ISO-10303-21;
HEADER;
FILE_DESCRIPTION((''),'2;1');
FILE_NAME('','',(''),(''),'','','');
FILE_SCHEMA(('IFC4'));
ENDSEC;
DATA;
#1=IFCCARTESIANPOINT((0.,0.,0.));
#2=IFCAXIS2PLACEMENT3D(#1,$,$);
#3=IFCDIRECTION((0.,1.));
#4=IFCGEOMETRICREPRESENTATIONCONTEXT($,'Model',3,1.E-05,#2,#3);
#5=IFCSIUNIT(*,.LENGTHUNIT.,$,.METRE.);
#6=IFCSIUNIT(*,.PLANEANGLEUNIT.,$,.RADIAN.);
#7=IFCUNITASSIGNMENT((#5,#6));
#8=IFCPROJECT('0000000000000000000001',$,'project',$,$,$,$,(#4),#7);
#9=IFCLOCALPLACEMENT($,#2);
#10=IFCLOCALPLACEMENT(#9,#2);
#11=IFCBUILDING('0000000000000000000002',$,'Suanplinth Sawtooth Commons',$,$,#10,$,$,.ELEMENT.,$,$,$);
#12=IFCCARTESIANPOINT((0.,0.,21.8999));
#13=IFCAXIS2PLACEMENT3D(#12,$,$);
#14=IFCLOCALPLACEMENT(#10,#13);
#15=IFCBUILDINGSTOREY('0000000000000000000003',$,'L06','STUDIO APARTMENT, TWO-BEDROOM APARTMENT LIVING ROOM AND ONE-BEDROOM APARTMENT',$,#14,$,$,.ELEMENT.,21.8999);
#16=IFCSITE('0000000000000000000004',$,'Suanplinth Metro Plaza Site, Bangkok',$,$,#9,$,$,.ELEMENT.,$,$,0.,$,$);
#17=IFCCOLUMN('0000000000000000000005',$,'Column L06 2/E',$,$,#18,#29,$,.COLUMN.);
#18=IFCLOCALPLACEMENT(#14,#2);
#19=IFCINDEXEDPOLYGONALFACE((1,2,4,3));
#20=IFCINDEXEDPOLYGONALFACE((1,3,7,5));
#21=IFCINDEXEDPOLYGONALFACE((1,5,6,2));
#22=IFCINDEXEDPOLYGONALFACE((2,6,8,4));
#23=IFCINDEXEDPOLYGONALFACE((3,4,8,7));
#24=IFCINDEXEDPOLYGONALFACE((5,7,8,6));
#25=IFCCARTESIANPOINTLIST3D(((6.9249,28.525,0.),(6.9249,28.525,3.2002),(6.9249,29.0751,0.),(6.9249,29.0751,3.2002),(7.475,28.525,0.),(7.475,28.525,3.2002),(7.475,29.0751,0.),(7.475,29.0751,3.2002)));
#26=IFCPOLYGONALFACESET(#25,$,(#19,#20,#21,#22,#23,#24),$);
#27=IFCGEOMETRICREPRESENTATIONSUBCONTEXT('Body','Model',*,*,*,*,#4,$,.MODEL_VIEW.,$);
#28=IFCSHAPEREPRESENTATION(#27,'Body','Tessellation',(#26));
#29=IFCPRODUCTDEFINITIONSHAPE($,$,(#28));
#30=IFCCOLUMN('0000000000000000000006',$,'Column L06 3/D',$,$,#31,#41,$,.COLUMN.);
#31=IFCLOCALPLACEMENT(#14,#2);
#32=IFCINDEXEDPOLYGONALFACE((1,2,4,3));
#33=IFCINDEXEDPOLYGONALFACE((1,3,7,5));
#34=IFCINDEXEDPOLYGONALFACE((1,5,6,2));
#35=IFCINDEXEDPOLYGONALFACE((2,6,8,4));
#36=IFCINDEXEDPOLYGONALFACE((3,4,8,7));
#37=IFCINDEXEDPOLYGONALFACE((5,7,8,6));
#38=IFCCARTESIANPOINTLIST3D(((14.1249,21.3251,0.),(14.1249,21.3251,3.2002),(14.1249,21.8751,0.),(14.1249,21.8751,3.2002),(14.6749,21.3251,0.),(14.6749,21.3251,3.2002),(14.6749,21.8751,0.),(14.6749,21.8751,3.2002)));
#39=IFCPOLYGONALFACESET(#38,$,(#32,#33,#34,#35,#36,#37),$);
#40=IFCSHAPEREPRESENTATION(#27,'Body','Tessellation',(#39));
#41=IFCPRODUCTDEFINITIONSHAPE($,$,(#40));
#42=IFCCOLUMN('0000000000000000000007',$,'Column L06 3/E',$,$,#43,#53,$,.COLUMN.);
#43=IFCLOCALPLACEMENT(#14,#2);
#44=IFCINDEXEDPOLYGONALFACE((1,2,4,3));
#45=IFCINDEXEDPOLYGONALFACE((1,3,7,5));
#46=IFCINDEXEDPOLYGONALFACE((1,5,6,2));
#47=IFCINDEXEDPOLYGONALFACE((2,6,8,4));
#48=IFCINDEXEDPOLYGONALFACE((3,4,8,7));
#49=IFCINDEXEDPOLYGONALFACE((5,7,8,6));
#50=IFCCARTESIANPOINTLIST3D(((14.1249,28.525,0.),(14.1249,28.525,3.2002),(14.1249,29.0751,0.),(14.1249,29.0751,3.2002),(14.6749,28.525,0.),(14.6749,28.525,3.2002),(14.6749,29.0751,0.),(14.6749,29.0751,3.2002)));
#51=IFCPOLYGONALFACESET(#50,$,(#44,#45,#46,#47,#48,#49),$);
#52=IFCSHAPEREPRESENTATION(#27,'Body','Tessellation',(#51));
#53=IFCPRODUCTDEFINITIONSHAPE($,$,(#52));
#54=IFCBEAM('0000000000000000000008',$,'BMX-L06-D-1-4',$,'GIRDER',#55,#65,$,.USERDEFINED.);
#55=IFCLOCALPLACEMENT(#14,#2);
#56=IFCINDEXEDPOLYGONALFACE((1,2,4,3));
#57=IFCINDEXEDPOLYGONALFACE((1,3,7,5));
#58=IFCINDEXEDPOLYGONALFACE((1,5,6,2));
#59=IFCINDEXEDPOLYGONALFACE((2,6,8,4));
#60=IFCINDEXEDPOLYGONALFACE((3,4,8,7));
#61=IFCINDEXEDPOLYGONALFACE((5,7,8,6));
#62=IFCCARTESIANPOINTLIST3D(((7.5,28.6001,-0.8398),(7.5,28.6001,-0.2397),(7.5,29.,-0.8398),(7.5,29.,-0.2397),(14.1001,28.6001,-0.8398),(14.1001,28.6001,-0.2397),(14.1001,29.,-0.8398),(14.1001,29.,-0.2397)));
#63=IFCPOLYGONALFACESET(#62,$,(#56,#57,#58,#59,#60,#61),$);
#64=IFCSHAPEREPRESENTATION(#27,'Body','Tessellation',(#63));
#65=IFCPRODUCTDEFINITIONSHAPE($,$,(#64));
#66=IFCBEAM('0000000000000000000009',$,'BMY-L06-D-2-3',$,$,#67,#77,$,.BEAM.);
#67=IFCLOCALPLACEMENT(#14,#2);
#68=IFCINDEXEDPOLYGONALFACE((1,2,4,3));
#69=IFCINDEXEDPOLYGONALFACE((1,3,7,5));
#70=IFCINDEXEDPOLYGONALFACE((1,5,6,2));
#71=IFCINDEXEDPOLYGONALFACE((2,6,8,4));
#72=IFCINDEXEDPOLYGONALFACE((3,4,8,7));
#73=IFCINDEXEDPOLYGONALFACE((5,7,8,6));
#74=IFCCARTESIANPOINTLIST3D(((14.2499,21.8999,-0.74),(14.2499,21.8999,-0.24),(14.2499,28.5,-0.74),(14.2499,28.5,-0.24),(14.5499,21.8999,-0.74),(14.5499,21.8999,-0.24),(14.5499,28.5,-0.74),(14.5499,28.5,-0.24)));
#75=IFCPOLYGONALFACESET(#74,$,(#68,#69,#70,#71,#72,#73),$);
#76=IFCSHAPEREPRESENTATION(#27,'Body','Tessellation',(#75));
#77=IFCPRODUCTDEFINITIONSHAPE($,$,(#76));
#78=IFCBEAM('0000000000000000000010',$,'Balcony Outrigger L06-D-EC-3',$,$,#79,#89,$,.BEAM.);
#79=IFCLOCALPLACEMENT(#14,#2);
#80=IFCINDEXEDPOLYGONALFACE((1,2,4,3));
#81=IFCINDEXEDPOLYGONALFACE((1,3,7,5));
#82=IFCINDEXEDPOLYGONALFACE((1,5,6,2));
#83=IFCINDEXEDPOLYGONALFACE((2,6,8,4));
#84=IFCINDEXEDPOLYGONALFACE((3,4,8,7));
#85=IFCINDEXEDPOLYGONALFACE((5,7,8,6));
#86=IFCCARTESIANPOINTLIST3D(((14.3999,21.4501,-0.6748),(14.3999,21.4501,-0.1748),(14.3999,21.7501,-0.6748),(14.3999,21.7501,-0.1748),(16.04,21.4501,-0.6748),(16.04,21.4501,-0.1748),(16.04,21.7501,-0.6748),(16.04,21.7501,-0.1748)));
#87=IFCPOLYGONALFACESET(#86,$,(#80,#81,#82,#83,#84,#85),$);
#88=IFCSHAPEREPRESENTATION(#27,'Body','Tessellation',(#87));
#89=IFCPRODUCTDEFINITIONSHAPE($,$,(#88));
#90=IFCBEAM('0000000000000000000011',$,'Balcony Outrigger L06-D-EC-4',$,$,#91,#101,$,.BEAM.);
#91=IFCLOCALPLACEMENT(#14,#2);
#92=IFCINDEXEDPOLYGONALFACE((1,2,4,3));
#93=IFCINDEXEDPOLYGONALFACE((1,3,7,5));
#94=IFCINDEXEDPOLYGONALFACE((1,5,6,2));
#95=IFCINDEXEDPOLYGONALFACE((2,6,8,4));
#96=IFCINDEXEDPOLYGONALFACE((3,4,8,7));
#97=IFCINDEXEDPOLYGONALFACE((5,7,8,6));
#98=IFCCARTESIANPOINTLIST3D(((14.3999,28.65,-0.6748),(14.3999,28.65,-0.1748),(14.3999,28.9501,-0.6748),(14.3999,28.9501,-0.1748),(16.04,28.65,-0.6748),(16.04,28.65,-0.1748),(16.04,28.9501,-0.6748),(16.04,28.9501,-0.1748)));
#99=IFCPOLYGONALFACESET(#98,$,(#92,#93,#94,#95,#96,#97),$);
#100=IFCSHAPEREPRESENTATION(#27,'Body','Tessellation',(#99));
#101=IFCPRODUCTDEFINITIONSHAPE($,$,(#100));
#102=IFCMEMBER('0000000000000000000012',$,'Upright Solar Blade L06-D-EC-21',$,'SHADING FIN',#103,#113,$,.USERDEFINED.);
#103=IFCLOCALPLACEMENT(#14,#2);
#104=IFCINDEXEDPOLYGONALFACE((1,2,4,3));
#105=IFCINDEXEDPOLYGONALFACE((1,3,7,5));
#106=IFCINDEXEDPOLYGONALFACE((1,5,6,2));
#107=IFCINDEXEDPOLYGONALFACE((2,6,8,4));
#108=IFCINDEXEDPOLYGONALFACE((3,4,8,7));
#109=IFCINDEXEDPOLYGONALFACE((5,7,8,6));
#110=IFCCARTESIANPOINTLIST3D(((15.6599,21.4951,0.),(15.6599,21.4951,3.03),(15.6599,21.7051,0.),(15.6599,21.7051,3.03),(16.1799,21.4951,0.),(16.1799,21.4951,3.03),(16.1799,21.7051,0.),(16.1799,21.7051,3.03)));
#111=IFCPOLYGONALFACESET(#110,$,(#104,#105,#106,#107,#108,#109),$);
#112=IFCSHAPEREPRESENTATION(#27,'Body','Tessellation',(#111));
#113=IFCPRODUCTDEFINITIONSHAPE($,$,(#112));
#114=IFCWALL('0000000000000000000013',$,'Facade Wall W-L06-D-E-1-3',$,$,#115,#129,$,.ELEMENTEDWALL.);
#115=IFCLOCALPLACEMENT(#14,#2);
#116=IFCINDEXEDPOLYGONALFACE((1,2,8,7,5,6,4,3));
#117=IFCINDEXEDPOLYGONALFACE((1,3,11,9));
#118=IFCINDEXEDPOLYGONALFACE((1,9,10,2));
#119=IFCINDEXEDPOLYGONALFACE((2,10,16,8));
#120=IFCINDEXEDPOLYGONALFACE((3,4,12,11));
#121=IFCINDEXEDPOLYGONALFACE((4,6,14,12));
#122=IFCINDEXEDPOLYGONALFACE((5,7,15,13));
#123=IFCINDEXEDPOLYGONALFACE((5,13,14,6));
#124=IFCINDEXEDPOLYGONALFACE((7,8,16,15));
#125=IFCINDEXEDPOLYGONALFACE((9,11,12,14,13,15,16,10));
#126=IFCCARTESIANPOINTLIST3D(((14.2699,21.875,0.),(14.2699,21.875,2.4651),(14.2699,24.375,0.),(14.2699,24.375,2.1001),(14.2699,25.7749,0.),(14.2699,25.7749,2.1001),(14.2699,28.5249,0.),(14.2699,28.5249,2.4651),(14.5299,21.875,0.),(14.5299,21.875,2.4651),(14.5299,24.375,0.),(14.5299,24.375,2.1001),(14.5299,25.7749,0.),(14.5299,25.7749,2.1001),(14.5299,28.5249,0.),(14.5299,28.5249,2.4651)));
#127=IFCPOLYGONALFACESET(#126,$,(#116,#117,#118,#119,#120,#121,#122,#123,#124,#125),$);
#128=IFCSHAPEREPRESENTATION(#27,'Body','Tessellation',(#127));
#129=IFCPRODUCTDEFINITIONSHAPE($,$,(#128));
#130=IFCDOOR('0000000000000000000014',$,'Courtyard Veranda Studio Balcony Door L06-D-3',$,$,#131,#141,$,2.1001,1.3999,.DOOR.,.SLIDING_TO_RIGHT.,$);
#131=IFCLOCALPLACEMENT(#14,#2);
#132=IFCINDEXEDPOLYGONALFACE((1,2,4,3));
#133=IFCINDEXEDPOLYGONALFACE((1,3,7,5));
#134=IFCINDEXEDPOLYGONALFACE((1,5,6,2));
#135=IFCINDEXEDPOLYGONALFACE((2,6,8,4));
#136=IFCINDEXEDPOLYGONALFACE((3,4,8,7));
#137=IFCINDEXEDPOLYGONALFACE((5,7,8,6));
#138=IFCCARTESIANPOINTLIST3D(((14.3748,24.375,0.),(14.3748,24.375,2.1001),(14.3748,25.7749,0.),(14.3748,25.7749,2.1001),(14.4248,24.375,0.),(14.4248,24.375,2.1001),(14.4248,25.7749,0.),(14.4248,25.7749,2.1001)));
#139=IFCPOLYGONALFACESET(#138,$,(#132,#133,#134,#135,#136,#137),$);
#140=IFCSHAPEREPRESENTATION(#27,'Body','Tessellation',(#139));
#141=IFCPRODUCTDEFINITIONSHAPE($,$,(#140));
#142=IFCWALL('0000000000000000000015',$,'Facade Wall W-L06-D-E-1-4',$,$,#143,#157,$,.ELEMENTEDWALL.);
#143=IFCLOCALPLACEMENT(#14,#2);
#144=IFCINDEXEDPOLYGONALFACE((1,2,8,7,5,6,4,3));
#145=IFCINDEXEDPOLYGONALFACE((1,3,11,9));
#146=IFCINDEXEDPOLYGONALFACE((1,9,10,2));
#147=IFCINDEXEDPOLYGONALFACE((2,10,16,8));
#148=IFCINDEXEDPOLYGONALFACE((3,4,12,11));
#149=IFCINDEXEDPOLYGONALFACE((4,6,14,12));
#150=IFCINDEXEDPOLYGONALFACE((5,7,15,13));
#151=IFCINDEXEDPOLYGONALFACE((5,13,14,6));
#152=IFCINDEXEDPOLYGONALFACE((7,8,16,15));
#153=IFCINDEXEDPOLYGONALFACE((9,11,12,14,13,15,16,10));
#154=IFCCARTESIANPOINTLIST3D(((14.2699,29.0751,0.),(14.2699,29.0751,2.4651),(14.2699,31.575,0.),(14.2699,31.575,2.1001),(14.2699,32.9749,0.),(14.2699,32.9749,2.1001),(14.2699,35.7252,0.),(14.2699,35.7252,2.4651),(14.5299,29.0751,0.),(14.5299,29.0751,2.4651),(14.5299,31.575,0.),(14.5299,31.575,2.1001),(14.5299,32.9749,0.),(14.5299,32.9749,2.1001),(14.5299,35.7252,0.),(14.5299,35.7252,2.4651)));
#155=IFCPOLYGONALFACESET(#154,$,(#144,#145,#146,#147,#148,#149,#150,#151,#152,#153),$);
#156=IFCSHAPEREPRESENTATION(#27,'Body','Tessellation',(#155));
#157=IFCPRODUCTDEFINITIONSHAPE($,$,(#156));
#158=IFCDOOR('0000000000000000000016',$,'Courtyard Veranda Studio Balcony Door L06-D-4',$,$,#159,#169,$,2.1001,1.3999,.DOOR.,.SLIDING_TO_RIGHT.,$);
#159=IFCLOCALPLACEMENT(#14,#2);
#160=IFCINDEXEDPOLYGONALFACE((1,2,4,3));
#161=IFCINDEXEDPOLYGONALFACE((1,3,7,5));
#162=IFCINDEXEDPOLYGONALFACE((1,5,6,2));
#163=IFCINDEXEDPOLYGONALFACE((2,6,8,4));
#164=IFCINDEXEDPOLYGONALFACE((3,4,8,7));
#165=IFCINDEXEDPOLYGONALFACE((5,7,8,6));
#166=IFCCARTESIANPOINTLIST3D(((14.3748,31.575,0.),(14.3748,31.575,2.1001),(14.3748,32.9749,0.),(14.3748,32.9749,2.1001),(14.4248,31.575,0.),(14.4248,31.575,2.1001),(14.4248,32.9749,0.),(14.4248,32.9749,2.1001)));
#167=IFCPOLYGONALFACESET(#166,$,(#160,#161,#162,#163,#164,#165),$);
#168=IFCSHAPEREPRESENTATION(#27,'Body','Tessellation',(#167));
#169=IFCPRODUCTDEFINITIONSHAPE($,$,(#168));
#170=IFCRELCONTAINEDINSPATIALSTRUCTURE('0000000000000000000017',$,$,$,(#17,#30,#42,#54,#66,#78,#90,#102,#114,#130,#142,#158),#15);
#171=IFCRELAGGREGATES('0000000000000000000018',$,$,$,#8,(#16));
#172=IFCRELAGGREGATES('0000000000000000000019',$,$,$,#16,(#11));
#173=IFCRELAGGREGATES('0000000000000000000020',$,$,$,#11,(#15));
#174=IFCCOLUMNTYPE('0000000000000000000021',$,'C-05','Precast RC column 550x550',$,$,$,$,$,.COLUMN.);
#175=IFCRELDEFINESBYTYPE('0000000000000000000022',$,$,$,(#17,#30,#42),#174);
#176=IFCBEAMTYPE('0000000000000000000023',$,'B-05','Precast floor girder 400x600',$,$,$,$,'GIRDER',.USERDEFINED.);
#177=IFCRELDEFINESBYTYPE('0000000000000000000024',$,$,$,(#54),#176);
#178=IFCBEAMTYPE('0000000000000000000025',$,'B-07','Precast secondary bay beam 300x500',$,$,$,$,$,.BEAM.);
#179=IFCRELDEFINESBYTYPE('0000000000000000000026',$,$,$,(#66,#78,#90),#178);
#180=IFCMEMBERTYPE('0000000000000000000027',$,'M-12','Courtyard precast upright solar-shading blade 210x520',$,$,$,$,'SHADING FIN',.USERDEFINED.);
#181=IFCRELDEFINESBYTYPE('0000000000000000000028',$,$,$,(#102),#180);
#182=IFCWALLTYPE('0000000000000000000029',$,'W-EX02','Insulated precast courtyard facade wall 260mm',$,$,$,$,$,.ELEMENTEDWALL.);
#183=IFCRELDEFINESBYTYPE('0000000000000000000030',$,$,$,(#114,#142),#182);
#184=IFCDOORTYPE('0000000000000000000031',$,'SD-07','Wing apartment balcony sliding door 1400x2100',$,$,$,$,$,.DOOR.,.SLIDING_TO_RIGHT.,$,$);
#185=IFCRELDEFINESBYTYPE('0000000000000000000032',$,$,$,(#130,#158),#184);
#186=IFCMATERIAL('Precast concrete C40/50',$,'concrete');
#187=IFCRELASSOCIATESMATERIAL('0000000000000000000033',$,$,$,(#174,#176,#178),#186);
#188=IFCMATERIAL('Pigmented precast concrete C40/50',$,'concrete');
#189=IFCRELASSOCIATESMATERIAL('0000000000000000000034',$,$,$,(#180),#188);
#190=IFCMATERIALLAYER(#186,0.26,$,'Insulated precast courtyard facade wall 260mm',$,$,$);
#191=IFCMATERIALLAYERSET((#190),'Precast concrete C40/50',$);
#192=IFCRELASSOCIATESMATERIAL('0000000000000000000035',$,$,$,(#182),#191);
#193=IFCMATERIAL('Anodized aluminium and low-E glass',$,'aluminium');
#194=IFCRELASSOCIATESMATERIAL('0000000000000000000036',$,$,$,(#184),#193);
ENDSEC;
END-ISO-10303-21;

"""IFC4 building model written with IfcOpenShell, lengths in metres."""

from ifc_helpers import new_model, si_unit, direction, frame, frame_2d, origin, origin_2d, place, context, subcontext, project, spatial, rectangle, extrude, material, layer, layer_set, material_profile, profile_set, type_object, element, fill, save


model = new_model("IFC4")

# Units and contexts
model_context = context("Model", 3, precision=1e-05, world=origin(), true_north=direction((0.0, 1.0)))
body_context = subcontext(model_context, "Body", "Model", "MODEL_VIEW")
ifc_project = project(units=[si_unit("LENGTHUNIT", "METRE"), si_unit("PLANEANGLEUNIT", "RADIAN")], contexts=[model_context])

# Site, building, storey
site_placement = place(None, origin())
site = spatial("IfcSite", under=ifc_project, at=site_placement, Name="Suanplinth Metro Plaza Site, Bangkok", CompositionType="ELEMENT", RefElevation=0.0)
building_placement = place(site_placement, origin())
building = spatial("IfcBuilding", under=site, at=building_placement, Name="Suanplinth Sawtooth Commons", CompositionType="ELEMENT")
storey_placement = place(building_placement, frame((0.0, 0.0, 21.8999)))
storey = spatial("IfcBuildingStorey", under=building, at=storey_placement, Name="L06", Description="STUDIO APARTMENT, TWO-BEDROOM APARTMENT LIVING ROOM AND ONE-BEDROOM APARTMENT", CompositionType="ELEMENT", Elevation=21.8999)

# Columns
ifc_material_1 = material(Name="Precast concrete C40/50", Category="concrete")
ifc_material_profile_1 = material_profile(ifc_material_1, rectangle(XDim=0.55, YDim=0.55, at=origin_2d()), Name="PC-COL 550x550")
ifc_profile_set_1 = profile_set([ifc_material_profile_1], Name="Precast concrete C40/50")
column_type = type_object("IfcColumnType", Name="C-05", Description="Precast RC column 550x550", PredefinedType="COLUMN", material=ifc_profile_set_1)
for number, where, z_axis, x_axis, name in (
    (1, (7.2, 28.8, 0.0), (0.0, 0.0, 1.0), (1.0, 0.0, 0.0), "Column L06 2/E"),
    (2, (14.3999, 21.6001, 0.0), (0.0, 0.0, 1.0), (1.0, 0.0, 0.0), "Column L06 3/D"),
    (3, (14.3999, 28.8, 0.0), (0.0, 0.0, 1.0), (1.0, 0.0, 0.0), "Column L06 3/E"),
):
    element("IfcColumn", number, at=place(storey_placement, frame(where, z_axis=z_axis, x_axis=x_axis)), inside=storey, type_object=column_type, Name=name, PredefinedType="COLUMN", context=body_context, shape_type="SweptSolid", body=[
        extrude(rectangle(XDim=0.55, YDim=0.55, at=origin_2d()), origin(), (0.0, 0.0, 1.0), 3.2002),
    ])

# Beams
ifc_material_profile_2 = material_profile(ifc_material_1, rectangle(XDim=0.3999, YDim=0.6001, at=origin_2d()), Name="PC-GDR 400x600")
ifc_profile_set_2 = profile_set([ifc_material_profile_2], Name="Precast concrete C40/50")
beam_type_1 = type_object("IfcBeamType", Name="B-05", Description="Precast floor girder 400x600", ElementType="GIRDER", PredefinedType="USERDEFINED", material=ifc_profile_set_2)
beam_1_placement = place(storey_placement, frame((7.5, 28.8, -0.5398), z_axis=(1.0, 0.0, 0.0), x_axis=(0.0, 1.0, 0.0)))
element("IfcBeam", 4, at=beam_1_placement, inside=storey, type_object=beam_type_1, Name="BMX-L06-D-1-4", ObjectType="GIRDER", PredefinedType="USERDEFINED", context=body_context, shape_type="SweptSolid", body=[
    extrude(rectangle(XDim=0.3999, YDim=0.6001, at=origin_2d()), origin(), (0.0, 0.0, 1.0), 6.6001),
])
ifc_material_profile_3 = material_profile(ifc_material_1, rectangle(XDim=0.3, YDim=0.5, at=origin_2d()), Name="PC-BM 300x500")
ifc_profile_set_3 = profile_set([ifc_material_profile_3], Name="Precast concrete C40/50")
beam_type_2 = type_object("IfcBeamType", Name="B-07", Description="Precast secondary bay beam 300x500", PredefinedType="BEAM", material=ifc_profile_set_3)
beam_2_placement = place(storey_placement, frame((14.3999, 21.8999, -0.49), z_axis=(0.0, 1.0, 0.0), x_axis=(-1.0, 0.0, 0.0)))
element("IfcBeam", 5, at=beam_2_placement, inside=storey, type_object=beam_type_2, Name="BMY-L06-D-2-3", PredefinedType="BEAM", context=body_context, shape_type="SweptSolid", body=[
    extrude(rectangle(XDim=0.3, YDim=0.5, at=origin_2d()), origin(), (0.0, 0.0, 1.0), 6.6001),
])
for number, where, z_axis, x_axis, name in (
    (6, (14.3999, 21.6001, -0.4248), (1.0, 0.0, 0.0), (0.0, 1.0, 0.0), "Balcony Outrigger L06-D-EC-3"),
    (7, (14.3999, 28.8, -0.4248), (1.0, 0.0, 0.0), (0.0, 1.0, 0.0), "Balcony Outrigger L06-D-EC-4"),
):
    element("IfcBeam", number, at=place(storey_placement, frame(where, z_axis=z_axis, x_axis=x_axis)), inside=storey, type_object=beam_type_2, Name=name, PredefinedType="BEAM", context=body_context, shape_type="SweptSolid", body=[
        extrude(rectangle(XDim=0.3, YDim=0.5, at=origin_2d()), origin(), (0.0, 0.0, 1.0), 1.6401),
    ])

# Member
ifc_material_2 = material(Name="Pigmented precast concrete C40/50", Category="concrete")
ifc_material_profile_4 = material_profile(ifc_material_2, rectangle(XDim=0.21, YDim=0.52, at=origin_2d()), Name="PC-FIN 210x520")
ifc_profile_set_4 = profile_set([ifc_material_profile_4], Name="Pigmented precast concrete C40/50")
member_type = type_object("IfcMemberType", Name="M-12", Description="Courtyard precast upright solar-shading blade 210x520", ElementType="SHADING FIN", PredefinedType="USERDEFINED", material=ifc_profile_set_4)
member_placement = place(storey_placement, frame((15.9199, 21.6001, 0.0), z_axis=(0.0, 0.0, 1.0), x_axis=(0.0, 1.0, 0.0)))
element("IfcMember", 8, at=member_placement, inside=storey, type_object=member_type, Name="Upright Solar Blade L06-D-EC-21", ObjectType="SHADING FIN", PredefinedType="USERDEFINED", context=body_context, shape_type="SweptSolid", body=[
    extrude(rectangle(XDim=0.21, YDim=0.52, at=origin_2d()), origin(), (0.0, 0.0, 1.0), 3.03),
])

# Walls, openings, doors
ifc_layer_1 = layer(ifc_material_1, 0.26, Name="Insulated precast courtyard facade wall 260mm")
ifc_layer_set_1 = layer_set([ifc_layer_1], Name="Precast concrete C40/50")
wall_type_1 = type_object("IfcWallType", Name="W-EX02", Description="Insulated precast courtyard facade wall 260mm", PredefinedType="ELEMENTEDWALL", material=ifc_layer_set_1)
wall_1_placement = place(storey_placement, frame((14.3999, 21.875, 0.0), z_axis=(0.0, 0.0, 1.0), x_axis=(0.0, 1.0, 0.0)))
wall_1 = element("IfcWall", 9, at=wall_1_placement, inside=storey, type_object=wall_type_1, Name="Facade Wall W-L06-D-E-1-3", PredefinedType="ELEMENTEDWALL", context=body_context, shape_type="SweptSolid", body=[
    extrude(rectangle(XDim=6.6499, YDim=0.26, at=frame_2d((3.325, 0.0))), origin(), (0.0, 0.0, 1.0), 2.4651),
])
opening_1_placement = place(wall_1_placement, frame((2.5, 0.0, 0.0)))
opening_1 = element("IfcOpeningElement", 10, at=opening_1_placement, cuts=wall_1, PredefinedType="OPENING", context=body_context, shape_type="SweptSolid", body=[
    extrude(rectangle(XDim=1.3999, YDim=2.1001, at=frame_2d((0.7, 1.05))), frame((0.0, 0.145, 0.0), z_axis=(0.0, -1.0, 0.0), x_axis=(1.0, 0.0, 0.0)), (0.0, 0.0, 1.0), 0.2898),
])
ifc_material_3 = material(Name="Anodized aluminium and low-E glass", Category="aluminium")
door_type_1 = type_object("IfcDoorType", Name="SD-07", Description="Wing apartment balcony sliding door 1400x2100", OperationType="SLIDING_TO_RIGHT", PredefinedType="DOOR", material=ifc_material_3)
door_1_placement = place(opening_1_placement, frame((1.3999, 0.0, 0.0), z_axis=(0.0, 0.0, 1.0), x_axis=(-1.0, 0.0, 0.0)))
door_1 = element("IfcDoor", 11, at=door_1_placement, inside=storey, type_object=door_type_1, Name="Courtyard Veranda Studio Balcony Door L06-D-3", OperationType="SLIDING_TO_RIGHT", OverallHeight=2.1001, OverallWidth=1.3999, PredefinedType="DOOR", context=body_context, shape_type="SweptSolid", body=[
    extrude(rectangle(XDim=1.3999, YDim=2.1001, at=frame_2d((0.7, 1.05))), frame((0.0, 0.0249, 0.0), z_axis=(0.0, -1.0, 0.0), x_axis=(1.0, 0.0, 0.0)), (0.0, 0.0, 1.0), 0.05),
])
fill(opening_1, door_1)
wall_2_placement = place(storey_placement, frame((14.3999, 29.075, 0.0), z_axis=(0.0, 0.0, 1.0), x_axis=(0.0, 1.0, 0.0)))
wall_2 = element("IfcWall", 12, at=wall_2_placement, inside=storey, type_object=wall_type_1, Name="Facade Wall W-L06-D-E-1-4", PredefinedType="ELEMENTEDWALL", context=body_context, shape_type="SweptSolid", body=[
    extrude(rectangle(XDim=6.6501, YDim=0.26, at=frame_2d((3.3252, 0.0))), origin(), (0.0, 0.0, 1.0), 2.4651),
])
opening_2_placement = place(wall_2_placement, frame((2.5, 0.0, 0.0)))
opening_2 = element("IfcOpeningElement", 13, at=opening_2_placement, cuts=wall_2, PredefinedType="OPENING", context=body_context, shape_type="SweptSolid", body=[
    extrude(rectangle(XDim=1.3999, YDim=2.1001, at=frame_2d((0.7, 1.05))), frame((0.0, 0.145, 0.0), z_axis=(0.0, -1.0, 0.0), x_axis=(1.0, 0.0, 0.0)), (0.0, 0.0, 1.0), 0.2898),
])
door_2_placement = place(opening_2_placement, frame((1.3999, 0.0, 0.0), z_axis=(0.0, 0.0, 1.0), x_axis=(-1.0, 0.0, 0.0)))
door_2 = element("IfcDoor", 14, at=door_2_placement, inside=storey, type_object=door_type_1, Name="Courtyard Veranda Studio Balcony Door L06-D-4", OperationType="SLIDING_TO_RIGHT", OverallHeight=2.1001, OverallWidth=1.3999, PredefinedType="DOOR", context=body_context, shape_type="SweptSolid", body=[
    extrude(rectangle(XDim=1.3999, YDim=2.1001, at=frame_2d((0.7, 1.05))), frame((0.0, 0.0249, 0.0), z_axis=(0.0, -1.0, 0.0), x_axis=(1.0, 0.0, 0.0)), (0.0, 0.0, 1.0), 0.05),
])
fill(opening_2, door_2)

save(model, "model.ifc")
